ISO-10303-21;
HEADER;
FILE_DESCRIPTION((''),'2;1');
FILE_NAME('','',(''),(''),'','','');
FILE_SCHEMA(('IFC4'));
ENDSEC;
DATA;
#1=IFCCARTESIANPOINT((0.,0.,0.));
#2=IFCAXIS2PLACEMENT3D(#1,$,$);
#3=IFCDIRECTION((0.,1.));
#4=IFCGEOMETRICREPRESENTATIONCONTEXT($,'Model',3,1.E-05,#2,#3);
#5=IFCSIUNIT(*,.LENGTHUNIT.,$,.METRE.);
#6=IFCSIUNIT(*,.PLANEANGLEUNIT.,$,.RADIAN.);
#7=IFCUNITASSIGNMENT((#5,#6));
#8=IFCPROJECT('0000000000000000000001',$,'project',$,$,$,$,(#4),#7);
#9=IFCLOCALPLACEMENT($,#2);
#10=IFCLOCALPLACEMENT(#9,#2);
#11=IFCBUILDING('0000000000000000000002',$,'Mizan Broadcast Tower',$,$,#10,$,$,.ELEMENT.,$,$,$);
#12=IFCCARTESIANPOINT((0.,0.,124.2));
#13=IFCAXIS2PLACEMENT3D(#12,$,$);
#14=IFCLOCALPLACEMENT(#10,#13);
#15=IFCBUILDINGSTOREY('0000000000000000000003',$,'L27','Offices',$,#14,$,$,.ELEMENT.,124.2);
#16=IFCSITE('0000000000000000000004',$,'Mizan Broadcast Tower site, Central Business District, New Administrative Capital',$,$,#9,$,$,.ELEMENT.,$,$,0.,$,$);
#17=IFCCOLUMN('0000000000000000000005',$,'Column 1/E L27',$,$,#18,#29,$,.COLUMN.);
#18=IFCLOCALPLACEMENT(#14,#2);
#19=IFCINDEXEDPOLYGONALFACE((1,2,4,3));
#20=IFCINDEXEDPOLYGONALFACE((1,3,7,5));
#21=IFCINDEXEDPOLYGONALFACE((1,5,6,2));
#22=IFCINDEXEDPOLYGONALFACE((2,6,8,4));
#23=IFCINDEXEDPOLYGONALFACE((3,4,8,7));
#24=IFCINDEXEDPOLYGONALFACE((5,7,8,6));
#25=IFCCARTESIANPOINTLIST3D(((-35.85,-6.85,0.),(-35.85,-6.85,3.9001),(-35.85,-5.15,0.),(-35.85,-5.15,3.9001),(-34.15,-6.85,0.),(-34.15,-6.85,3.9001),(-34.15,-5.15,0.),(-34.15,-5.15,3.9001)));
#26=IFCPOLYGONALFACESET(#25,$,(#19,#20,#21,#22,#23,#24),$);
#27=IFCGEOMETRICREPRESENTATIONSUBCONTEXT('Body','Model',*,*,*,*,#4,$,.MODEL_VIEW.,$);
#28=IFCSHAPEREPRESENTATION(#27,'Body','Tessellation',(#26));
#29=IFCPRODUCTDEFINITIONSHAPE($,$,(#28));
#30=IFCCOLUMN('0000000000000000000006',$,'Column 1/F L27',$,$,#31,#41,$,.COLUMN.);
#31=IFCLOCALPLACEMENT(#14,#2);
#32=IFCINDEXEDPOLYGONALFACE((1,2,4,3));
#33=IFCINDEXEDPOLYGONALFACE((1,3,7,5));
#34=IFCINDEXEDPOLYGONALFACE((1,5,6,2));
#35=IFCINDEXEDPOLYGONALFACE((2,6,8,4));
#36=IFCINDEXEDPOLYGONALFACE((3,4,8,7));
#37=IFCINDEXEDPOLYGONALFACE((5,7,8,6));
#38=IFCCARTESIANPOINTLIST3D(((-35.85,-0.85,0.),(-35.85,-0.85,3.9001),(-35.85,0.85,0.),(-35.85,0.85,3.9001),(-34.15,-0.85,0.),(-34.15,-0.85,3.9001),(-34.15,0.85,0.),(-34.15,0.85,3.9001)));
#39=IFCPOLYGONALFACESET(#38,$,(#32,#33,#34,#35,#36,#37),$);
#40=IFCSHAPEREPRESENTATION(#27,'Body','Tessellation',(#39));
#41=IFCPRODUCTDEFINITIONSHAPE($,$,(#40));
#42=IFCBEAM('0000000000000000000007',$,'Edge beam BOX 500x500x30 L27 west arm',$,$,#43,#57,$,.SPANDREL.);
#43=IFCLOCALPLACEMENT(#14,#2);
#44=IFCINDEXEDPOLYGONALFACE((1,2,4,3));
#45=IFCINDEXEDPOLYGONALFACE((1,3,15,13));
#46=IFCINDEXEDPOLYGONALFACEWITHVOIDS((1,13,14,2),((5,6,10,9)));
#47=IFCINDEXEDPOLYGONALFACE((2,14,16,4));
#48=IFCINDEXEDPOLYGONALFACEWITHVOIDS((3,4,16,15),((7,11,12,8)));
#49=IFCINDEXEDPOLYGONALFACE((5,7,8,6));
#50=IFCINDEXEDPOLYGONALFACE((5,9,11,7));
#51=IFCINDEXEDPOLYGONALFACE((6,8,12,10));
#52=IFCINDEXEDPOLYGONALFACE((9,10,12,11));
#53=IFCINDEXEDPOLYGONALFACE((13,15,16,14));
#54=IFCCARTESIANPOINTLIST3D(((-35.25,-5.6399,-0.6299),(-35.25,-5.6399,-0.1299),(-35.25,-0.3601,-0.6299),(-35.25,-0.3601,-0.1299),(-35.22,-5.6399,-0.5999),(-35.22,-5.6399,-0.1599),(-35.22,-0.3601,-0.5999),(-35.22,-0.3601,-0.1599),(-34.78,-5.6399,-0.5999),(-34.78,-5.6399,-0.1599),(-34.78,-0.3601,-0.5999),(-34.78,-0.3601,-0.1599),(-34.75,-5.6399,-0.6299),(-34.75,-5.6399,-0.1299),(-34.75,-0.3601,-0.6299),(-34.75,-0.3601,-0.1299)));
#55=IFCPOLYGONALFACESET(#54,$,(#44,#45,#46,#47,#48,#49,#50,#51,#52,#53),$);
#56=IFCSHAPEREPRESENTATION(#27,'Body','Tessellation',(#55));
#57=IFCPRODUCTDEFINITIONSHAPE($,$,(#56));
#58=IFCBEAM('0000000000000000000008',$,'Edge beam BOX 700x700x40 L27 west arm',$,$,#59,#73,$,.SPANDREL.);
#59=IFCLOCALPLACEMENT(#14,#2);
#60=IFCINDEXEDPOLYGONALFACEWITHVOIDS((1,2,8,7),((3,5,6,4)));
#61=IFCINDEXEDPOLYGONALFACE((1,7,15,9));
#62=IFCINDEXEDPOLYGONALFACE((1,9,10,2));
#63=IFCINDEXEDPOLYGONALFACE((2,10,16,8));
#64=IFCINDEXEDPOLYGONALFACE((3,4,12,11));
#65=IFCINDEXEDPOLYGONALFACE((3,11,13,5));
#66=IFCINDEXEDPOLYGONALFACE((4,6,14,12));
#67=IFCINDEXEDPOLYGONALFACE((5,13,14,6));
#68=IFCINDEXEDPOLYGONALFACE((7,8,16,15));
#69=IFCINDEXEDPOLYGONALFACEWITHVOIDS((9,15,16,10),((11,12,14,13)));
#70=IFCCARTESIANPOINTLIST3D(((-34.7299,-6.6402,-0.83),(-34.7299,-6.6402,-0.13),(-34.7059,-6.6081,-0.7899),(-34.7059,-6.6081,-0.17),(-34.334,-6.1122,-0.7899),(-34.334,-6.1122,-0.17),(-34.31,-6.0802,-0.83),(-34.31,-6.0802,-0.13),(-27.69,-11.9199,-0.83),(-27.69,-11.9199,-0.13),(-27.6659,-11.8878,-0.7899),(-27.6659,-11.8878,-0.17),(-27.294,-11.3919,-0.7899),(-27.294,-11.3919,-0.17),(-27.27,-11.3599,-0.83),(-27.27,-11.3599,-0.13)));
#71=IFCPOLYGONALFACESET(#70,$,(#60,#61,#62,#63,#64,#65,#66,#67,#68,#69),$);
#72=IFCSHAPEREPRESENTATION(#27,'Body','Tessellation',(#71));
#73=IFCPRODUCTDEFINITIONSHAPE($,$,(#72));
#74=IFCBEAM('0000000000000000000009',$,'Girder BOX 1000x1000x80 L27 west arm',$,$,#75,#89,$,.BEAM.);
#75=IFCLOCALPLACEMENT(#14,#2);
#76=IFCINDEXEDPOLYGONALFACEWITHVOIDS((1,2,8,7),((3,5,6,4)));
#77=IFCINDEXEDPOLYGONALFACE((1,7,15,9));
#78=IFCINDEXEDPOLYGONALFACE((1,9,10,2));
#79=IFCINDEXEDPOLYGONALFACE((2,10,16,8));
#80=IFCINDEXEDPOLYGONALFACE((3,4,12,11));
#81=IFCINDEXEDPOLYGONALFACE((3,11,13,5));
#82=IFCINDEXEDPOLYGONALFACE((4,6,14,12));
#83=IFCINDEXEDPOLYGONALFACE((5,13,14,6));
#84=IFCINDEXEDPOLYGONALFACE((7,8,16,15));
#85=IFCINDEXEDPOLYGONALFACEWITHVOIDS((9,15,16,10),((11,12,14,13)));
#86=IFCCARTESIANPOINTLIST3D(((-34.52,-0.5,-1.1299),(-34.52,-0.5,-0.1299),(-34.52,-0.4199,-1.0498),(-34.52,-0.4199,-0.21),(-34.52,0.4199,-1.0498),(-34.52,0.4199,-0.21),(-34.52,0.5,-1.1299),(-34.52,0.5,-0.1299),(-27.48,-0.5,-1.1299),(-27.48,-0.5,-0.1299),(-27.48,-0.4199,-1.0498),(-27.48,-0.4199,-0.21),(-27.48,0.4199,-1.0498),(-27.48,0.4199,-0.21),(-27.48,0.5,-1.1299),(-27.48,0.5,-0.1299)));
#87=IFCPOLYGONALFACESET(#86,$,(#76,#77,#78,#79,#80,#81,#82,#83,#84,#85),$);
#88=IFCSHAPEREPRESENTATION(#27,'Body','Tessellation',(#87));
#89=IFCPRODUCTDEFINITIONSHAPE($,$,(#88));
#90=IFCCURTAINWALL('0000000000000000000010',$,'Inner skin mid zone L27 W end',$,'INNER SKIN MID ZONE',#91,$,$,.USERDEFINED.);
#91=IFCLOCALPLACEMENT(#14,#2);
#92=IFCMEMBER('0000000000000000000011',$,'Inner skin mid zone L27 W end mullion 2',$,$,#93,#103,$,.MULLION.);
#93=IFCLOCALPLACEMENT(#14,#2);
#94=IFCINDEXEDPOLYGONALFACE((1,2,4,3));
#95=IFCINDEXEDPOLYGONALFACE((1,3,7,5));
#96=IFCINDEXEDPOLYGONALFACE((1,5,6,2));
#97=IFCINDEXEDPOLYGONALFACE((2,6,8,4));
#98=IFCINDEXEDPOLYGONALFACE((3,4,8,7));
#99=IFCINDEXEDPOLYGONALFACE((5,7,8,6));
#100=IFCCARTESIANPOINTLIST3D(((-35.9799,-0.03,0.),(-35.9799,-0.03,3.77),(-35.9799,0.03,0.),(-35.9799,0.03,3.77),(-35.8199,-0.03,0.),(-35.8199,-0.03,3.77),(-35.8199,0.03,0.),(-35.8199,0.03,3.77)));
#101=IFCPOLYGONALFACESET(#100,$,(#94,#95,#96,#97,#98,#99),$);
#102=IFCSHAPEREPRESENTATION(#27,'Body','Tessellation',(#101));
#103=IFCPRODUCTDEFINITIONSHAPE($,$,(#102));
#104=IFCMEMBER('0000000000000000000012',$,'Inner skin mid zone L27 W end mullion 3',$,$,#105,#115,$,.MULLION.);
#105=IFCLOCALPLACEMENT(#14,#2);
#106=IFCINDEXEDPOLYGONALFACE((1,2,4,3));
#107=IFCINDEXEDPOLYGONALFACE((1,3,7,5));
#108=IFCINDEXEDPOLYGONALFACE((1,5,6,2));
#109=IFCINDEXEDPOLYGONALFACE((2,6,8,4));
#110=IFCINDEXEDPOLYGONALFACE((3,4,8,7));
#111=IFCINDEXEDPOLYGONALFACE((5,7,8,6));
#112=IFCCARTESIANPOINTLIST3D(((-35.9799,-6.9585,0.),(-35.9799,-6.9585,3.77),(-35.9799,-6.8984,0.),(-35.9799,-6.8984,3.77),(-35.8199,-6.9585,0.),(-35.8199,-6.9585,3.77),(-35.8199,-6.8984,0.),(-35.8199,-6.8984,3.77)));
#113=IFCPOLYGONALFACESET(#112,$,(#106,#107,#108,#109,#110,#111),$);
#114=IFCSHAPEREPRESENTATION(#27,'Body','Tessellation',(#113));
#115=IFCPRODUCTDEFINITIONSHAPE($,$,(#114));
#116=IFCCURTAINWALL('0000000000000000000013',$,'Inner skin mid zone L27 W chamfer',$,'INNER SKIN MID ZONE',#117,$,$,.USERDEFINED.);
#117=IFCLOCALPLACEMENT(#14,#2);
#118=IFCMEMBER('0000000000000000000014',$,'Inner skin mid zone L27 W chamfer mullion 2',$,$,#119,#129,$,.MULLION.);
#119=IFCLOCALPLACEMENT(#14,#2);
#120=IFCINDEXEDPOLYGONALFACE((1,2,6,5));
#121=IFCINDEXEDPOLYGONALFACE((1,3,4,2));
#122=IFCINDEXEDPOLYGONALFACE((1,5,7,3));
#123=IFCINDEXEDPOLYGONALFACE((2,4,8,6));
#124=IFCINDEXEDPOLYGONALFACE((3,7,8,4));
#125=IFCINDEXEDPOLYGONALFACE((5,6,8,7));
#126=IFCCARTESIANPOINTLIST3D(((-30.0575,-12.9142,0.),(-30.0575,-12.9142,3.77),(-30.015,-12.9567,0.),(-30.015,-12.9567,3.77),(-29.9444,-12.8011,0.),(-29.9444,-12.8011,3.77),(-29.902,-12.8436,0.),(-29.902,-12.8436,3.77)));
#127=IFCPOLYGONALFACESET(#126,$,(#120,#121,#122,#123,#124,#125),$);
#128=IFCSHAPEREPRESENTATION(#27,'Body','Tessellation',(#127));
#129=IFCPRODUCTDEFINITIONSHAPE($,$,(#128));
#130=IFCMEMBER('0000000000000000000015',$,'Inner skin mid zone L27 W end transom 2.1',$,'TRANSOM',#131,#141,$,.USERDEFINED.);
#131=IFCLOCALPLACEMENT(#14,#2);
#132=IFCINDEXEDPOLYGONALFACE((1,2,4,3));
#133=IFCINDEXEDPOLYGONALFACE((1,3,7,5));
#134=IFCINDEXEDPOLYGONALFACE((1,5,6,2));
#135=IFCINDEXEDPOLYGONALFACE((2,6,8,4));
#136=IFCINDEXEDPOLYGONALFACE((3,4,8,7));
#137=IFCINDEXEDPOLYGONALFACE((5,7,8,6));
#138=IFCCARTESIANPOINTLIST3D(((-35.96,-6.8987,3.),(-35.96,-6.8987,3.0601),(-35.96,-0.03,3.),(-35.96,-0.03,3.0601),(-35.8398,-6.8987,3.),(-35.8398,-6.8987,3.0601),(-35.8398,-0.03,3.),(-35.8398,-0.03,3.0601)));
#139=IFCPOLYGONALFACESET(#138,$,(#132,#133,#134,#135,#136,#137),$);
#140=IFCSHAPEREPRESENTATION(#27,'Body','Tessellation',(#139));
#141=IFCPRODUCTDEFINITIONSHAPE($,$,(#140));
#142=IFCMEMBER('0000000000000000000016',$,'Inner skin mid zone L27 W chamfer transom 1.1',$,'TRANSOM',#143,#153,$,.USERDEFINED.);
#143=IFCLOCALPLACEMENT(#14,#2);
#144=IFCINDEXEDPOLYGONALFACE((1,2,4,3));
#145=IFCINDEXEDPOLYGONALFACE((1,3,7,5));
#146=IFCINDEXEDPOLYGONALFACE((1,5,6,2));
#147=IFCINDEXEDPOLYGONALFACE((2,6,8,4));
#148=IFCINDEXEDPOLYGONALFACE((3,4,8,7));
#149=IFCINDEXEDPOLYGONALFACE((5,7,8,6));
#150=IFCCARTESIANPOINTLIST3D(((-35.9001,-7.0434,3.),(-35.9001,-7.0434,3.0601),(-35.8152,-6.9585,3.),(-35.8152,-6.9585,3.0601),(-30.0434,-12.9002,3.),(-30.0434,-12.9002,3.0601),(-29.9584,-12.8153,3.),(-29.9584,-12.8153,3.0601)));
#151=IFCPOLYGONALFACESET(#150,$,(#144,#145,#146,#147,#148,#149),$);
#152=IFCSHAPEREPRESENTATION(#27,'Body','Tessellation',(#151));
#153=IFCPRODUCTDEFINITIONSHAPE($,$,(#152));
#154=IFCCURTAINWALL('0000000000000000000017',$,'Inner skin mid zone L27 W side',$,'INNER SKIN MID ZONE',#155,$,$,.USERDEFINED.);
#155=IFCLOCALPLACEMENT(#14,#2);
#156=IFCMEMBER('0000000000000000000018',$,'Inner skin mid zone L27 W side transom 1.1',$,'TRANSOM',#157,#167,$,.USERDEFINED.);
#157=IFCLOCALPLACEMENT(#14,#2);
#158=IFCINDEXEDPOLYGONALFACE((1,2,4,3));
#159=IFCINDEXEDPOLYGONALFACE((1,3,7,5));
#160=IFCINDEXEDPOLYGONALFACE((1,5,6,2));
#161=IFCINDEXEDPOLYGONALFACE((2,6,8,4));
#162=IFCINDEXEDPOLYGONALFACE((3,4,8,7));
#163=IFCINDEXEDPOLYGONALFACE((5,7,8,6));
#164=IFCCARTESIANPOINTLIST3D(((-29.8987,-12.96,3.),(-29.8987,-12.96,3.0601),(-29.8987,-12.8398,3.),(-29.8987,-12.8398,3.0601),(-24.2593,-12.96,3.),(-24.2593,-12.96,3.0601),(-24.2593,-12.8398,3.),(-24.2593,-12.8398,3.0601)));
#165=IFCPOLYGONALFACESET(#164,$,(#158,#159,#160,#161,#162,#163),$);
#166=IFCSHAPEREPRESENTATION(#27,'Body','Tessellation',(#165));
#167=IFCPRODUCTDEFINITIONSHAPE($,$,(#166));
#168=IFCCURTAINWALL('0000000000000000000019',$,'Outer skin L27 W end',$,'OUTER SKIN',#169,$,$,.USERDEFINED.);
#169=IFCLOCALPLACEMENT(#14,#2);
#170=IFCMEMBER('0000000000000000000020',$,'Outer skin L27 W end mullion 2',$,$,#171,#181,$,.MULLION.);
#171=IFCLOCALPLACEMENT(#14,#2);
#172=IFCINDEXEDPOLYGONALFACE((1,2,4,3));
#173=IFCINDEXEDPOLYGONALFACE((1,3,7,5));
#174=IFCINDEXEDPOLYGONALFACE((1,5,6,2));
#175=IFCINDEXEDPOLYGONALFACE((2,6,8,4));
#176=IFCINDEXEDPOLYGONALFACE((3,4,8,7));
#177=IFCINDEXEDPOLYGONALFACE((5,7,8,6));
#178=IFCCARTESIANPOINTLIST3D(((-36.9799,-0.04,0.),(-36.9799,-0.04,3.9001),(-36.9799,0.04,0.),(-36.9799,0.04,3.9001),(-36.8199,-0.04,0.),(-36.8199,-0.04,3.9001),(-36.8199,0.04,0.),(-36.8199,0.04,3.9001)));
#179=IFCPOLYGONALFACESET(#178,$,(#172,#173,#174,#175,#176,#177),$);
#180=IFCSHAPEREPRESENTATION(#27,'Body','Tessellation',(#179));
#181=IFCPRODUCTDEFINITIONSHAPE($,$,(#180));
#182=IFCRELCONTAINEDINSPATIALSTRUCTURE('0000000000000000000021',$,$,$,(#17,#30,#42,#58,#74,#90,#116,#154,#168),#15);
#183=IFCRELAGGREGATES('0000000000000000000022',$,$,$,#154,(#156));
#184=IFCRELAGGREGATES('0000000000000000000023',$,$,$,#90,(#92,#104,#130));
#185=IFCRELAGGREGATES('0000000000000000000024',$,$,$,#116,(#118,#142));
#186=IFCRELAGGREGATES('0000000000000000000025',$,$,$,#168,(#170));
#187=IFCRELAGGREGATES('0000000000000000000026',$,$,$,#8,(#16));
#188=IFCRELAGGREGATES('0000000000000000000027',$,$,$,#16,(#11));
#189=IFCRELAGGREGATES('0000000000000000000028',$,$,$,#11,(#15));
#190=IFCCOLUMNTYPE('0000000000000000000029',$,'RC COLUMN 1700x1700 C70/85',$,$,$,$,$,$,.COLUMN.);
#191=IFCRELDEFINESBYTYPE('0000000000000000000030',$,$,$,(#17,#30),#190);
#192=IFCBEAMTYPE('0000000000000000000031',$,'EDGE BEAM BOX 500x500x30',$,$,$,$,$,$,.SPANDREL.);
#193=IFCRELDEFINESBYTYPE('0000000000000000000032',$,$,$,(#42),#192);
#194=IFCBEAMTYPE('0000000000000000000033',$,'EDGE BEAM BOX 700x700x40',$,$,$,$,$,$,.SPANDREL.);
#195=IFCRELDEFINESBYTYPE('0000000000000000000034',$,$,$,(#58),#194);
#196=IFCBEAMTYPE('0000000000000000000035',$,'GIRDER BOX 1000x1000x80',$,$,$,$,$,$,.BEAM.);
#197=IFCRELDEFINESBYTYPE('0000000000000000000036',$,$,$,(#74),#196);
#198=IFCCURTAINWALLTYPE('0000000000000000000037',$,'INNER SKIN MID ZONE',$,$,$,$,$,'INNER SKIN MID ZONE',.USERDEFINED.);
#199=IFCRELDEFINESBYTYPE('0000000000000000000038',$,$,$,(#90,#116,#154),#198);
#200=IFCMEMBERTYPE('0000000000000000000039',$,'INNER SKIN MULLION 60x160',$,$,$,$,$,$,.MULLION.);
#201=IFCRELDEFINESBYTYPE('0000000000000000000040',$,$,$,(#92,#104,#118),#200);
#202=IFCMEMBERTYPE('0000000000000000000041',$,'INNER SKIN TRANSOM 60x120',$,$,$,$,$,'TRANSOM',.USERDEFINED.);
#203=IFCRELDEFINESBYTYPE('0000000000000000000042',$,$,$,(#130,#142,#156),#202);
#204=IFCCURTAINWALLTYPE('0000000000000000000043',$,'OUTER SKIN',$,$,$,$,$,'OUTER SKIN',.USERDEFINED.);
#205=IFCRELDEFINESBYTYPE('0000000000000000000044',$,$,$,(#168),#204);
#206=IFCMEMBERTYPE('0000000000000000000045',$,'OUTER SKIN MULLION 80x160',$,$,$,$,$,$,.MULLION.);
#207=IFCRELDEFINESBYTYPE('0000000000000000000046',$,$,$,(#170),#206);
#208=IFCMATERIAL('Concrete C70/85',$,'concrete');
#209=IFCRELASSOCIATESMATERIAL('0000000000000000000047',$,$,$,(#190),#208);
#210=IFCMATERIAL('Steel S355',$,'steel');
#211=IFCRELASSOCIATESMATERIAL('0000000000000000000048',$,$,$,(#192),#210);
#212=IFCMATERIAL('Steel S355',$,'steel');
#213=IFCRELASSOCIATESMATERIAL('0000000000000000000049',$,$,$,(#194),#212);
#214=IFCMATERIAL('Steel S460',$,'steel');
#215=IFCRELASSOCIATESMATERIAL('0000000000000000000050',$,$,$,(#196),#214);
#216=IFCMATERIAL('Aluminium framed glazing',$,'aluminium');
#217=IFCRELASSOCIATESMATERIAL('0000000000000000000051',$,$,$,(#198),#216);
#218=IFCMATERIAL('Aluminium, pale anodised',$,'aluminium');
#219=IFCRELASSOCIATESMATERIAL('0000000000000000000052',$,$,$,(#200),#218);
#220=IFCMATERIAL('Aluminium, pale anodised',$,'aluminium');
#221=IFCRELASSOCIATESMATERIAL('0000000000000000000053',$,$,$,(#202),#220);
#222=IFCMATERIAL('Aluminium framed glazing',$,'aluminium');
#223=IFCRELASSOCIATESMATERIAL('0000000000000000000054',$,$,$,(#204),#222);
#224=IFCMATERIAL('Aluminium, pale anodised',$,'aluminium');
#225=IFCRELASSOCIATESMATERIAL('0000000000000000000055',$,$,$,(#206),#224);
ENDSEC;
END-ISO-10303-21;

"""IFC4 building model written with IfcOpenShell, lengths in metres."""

from ifc_helpers import new_model, si_unit, direction, frame, origin, origin_2d, place, context, subcontext, project, spatial, rectangle, hollow_rectangle, extrude, material, material_profile, profile_set, type_object, element, aggregate, save


model = new_model("IFC4")

# Units and contexts
model_context = context("Model", 3, precision=1e-05, world=origin(), true_north=direction((0.0, 1.0)))
body_context = subcontext(model_context, "Body", "Model", "MODEL_VIEW")
ifc_project = project(units=[si_unit("LENGTHUNIT", "METRE"), si_unit("PLANEANGLEUNIT", "RADIAN")], contexts=[model_context])

# Site, building, storey
site_placement = place(None, origin())
site = spatial("IfcSite", under=ifc_project, at=site_placement, Name="Mizan Broadcast Tower site, Central Business District, New Administrative Capital", CompositionType="ELEMENT", RefElevation=0.0)
building_placement = place(site_placement, origin())
building = spatial("IfcBuilding", under=site, at=building_placement, Name="Mizan Broadcast Tower", CompositionType="ELEMENT")
storey_placement = place(building_placement, frame((0.0, 0.0, 124.2)))
storey = spatial("IfcBuildingStorey", under=building, at=storey_placement, Name="L27", Description="Offices", CompositionType="ELEMENT", Elevation=124.2)

# Columns
ifc_material_1 = material(Name="Concrete C70/85", Category="concrete")
ifc_material_profile_1 = material_profile(ifc_material_1, rectangle(XDim=1.7, YDim=1.7, at=origin_2d()), Name="RC 1700x1700")
ifc_profile_set_1 = profile_set([ifc_material_profile_1], Name="Concrete C70/85")
column_type = type_object("IfcColumnType", Name="RC COLUMN 1700x1700 C70/85", PredefinedType="COLUMN", material=ifc_profile_set_1)
for number, where, z_axis, x_axis, name in (
    (1, (-35.0, -6.0, 0.0), (0.0, 0.0, 1.0), (1.0, 0.0, 0.0), "Column 1/E L27"),
    (2, (-35.0, 0.0, 0.0), (0.0, 0.0, 1.0), (1.0, 0.0, 0.0), "Column 1/F L27"),
):
    element("IfcColumn", number, at=place(storey_placement, frame(where, z_axis=z_axis, x_axis=x_axis)), inside=storey, type_object=column_type, Name=name, PredefinedType="COLUMN", context=body_context, shape_type="SweptSolid", body=[
        extrude(rectangle(XDim=1.7, YDim=1.7, at=origin_2d()), origin(), (0.0, 0.0, 1.0), 3.9001),
    ])

# Beams
ifc_material_2 = material(Name="Steel S355", Category="steel")
ifc_material_profile_2 = material_profile(ifc_material_2, hollow_rectangle(XDim=0.5, YDim=0.5, WallThickness=0.03, at=origin_2d()), Name="BOX 500x500x30")
ifc_profile_set_2 = profile_set([ifc_material_profile_2], Name="Steel S355")
beam_type_1 = type_object("IfcBeamType", Name="EDGE BEAM BOX 500x500x30", PredefinedType="SPANDREL", material=ifc_profile_set_2)
beam_1_placement = place(storey_placement, frame((-35.0, -5.6399, -0.3799), z_axis=(0.0, 1.0, 0.0), x_axis=(-1.0, 0.0, 0.0)))
element("IfcBeam", 3, at=beam_1_placement, inside=storey, type_object=beam_type_1, Name="Edge beam BOX 500x500x30 L27 west arm", PredefinedType="SPANDREL", context=body_context, shape_type="SweptSolid", body=[
    extrude(hollow_rectangle(XDim=0.5, YDim=0.5, WallThickness=0.03, at=origin_2d()), origin(), (0.0, 0.0, 1.0), 5.2798),
])
ifc_material_3 = material(Name="Steel S355", Category="steel")
ifc_material_profile_3 = material_profile(ifc_material_3, hollow_rectangle(XDim=0.7, YDim=0.7, WallThickness=0.04, at=origin_2d()), Name="BOX 700x700x40")
ifc_profile_set_3 = profile_set([ifc_material_profile_3], Name="Steel S355")
beam_type_2 = type_object("IfcBeamType", Name="EDGE BEAM BOX 700x700x40", PredefinedType="SPANDREL", material=ifc_profile_set_3)
beam_2_placement = place(storey_placement, frame((-27.48, -11.6399, -0.48), z_axis=(-0.800013, 0.599982, 0.0), x_axis=(-0.599982, -0.800013, 0.0)))
element("IfcBeam", 4, at=beam_2_placement, inside=storey, type_object=beam_type_2, Name="Edge beam BOX 700x700x40 L27 west arm", PredefinedType="SPANDREL", context=body_context, shape_type="SweptSolid", body=[
    extrude(hollow_rectangle(XDim=0.7, YDim=0.7, WallThickness=0.04, at=origin_2d()), origin(), (0.0, 0.0, 1.0), 8.7998),
])
ifc_material_4 = material(Name="Steel S460", Category="steel")
ifc_material_profile_4 = material_profile(ifc_material_4, hollow_rectangle(XDim=1.0, YDim=1.0, WallThickness=0.0801, at=origin_2d()), Name="BOX 1000x1000x80")
ifc_profile_set_4 = profile_set([ifc_material_profile_4], Name="Steel S460")
beam_type_3 = type_object("IfcBeamType", Name="GIRDER BOX 1000x1000x80", PredefinedType="BEAM", material=ifc_profile_set_4)
beam_3_placement = place(storey_placement, frame((-27.48, 0.0, -0.6299), z_axis=(-1.0, 0.0, 0.0), x_axis=(0.0, -1.0, 0.0)))
element("IfcBeam", 5, at=beam_3_placement, inside=storey, type_object=beam_type_3, Name="Girder BOX 1000x1000x80 L27 west arm", PredefinedType="BEAM", context=body_context, shape_type="SweptSolid", body=[
    extrude(hollow_rectangle(XDim=1.0, YDim=1.0, WallThickness=0.0801, at=origin_2d()), origin(), (0.0, 0.0, 1.0), 7.04),
])

# Curtain wall, members
ifc_material_5 = material(Name="Aluminium framed glazing", Category="aluminium")
curtain_wall_type_1 = type_object("IfcCurtainWallType", Name="INNER SKIN MID ZONE", ElementType="INNER SKIN MID ZONE", PredefinedType="USERDEFINED", material=ifc_material_5)
curtain_wall_1_placement = place(storey_placement, origin())
curtain_wall_1 = element("IfcCurtainWall", 6, at=curtain_wall_1_placement, inside=storey, type_object=curtain_wall_type_1, Name="Inner skin mid zone L27 W end", ObjectType="INNER SKIN MID ZONE", PredefinedType="USERDEFINED")
ifc_material_6 = material(Name="Aluminium, pale anodised", Category="aluminium")
ifc_material_profile_5 = material_profile(ifc_material_6, rectangle(XDim=0.1599, YDim=0.0601, at=origin_2d()), Name="MULLION 160x60")
ifc_profile_set_5 = profile_set([ifc_material_profile_5], Name="Aluminium, pale anodised")
member_type_1 = type_object("IfcMemberType", Name="INNER SKIN MULLION 60x160", PredefinedType="MULLION", material=ifc_profile_set_5)
member_1_placement = place(storey_placement, frame((-35.8999, 0.0, 0.0), z_axis=(0.0, 0.0, 1.0), x_axis=(1.0, 0.0, 0.0)))
member_1 = element("IfcMember", 7, at=member_1_placement, type_object=member_type_1, Name="Inner skin mid zone L27 W end mullion 2", PredefinedType="MULLION", context=body_context, shape_type="SweptSolid", body=[
    extrude(rectangle(XDim=0.1599, YDim=0.0601, at=origin_2d()), origin(), (0.0, 0.0, 1.0), 3.77),
])
member_2_placement = place(storey_placement, frame((-35.8999, -6.9285, 0.0), z_axis=(0.0, 0.0, 1.0), x_axis=(1.0, 0.0, 0.0)))
member_2 = element("IfcMember", 8, at=member_2_placement, type_object=member_type_1, Name="Inner skin mid zone L27 W end mullion 3", PredefinedType="MULLION", context=body_context, shape_type="SweptSolid", body=[
    extrude(rectangle(XDim=0.1599, YDim=0.0601, at=origin_2d()), origin(), (0.0, 0.0, 1.0), 3.77),
])

# Curtain wall, member
curtain_wall_2_placement = place(storey_placement, origin())
curtain_wall_2 = element("IfcCurtainWall", 9, at=curtain_wall_2_placement, inside=storey, type_object=curtain_wall_type_1, Name="Inner skin mid zone L27 W chamfer", ObjectType="INNER SKIN MID ZONE", PredefinedType="USERDEFINED")
member_3_placement = place(storey_placement, frame((-29.9797, -12.8789, 0.0), z_axis=(0.0, 0.0, 1.0), x_axis=(0.707107, 0.707107, 0.0)))
member_3 = element("IfcMember", 10, at=member_3_placement, type_object=member_type_1, Name="Inner skin mid zone L27 W chamfer mullion 2", PredefinedType="MULLION", context=body_context, shape_type="SweptSolid", body=[
    extrude(rectangle(XDim=0.1599, YDim=0.0601, at=origin_2d()), origin(), (0.0, 0.0, 1.0), 3.77),
])

# Members
ifc_material_7 = material(Name="Aluminium, pale anodised", Category="aluminium")
ifc_material_profile_6 = material_profile(ifc_material_7, rectangle(XDim=0.1201, YDim=0.0601, at=origin_2d()), Name="TRANSOM 120x60")
ifc_profile_set_6 = profile_set([ifc_material_profile_6], Name="Aluminium, pale anodised")
member_type_2 = type_object("IfcMemberType", Name="INNER SKIN TRANSOM 60x120", ElementType="TRANSOM", PredefinedType="USERDEFINED", material=ifc_profile_set_6)
member_4_placement = place(storey_placement, frame((-35.8999, -0.03, 3.03), z_axis=(0.0, -1.0, 0.0), x_axis=(1.0, 0.0, 0.0)))
member_4 = element("IfcMember", 11, at=member_4_placement, type_object=member_type_2, Name="Inner skin mid zone L27 W end transom 2.1", ObjectType="TRANSOM", PredefinedType="USERDEFINED", context=body_context, shape_type="SweptSolid", body=[
    extrude(rectangle(XDim=0.1201, YDim=0.0601, at=origin_2d()), origin(), (0.0, 0.0, 1.0), 6.8687),
])
member_5_placement = place(storey_placement, frame((-35.8577, -7.001, 3.03), z_axis=(0.707107, -0.707107, 0.0), x_axis=(0.707107, 0.707107, 0.0)))
member_5 = element("IfcMember", 12, at=member_5_placement, type_object=member_type_2, Name="Inner skin mid zone L27 W chamfer transom 1.1", ObjectType="TRANSOM", PredefinedType="USERDEFINED", context=body_context, shape_type="SweptSolid", body=[
    extrude(rectangle(XDim=0.1201, YDim=0.0601, at=origin_2d()), origin(), (0.0, 0.0, 1.0), 8.2827),
])

# Curtain wall, member
curtain_wall_3_placement = place(storey_placement, origin())
curtain_wall_3 = element("IfcCurtainWall", 13, at=curtain_wall_3_placement, inside=storey, type_object=curtain_wall_type_1, Name="Inner skin mid zone L27 W side", ObjectType="INNER SKIN MID ZONE", PredefinedType="USERDEFINED")
member_6_placement = place(storey_placement, frame((-29.8987, -12.8999, 3.03), z_axis=(1.0, 0.0, 0.0), x_axis=(0.0, 1.0, 0.0)))
member_6 = element("IfcMember", 14, at=member_6_placement, type_object=member_type_2, Name="Inner skin mid zone L27 W side transom 1.1", ObjectType="TRANSOM", PredefinedType="USERDEFINED", context=body_context, shape_type="SweptSolid", body=[
    extrude(rectangle(XDim=0.1201, YDim=0.0601, at=origin_2d()), origin(), (0.0, 0.0, 1.0), 5.6394),
])

# Curtain wall, member
ifc_material_8 = material(Name="Aluminium framed glazing", Category="aluminium")
curtain_wall_type_2 = type_object("IfcCurtainWallType", Name="OUTER SKIN", ElementType="OUTER SKIN", PredefinedType="USERDEFINED", material=ifc_material_8)
curtain_wall_4_placement = place(storey_placement, origin())
curtain_wall_4 = element("IfcCurtainWall", 15, at=curtain_wall_4_placement, inside=storey, type_object=curtain_wall_type_2, Name="Outer skin L27 W end", ObjectType="OUTER SKIN", PredefinedType="USERDEFINED")
ifc_material_9 = material(Name="Aluminium, pale anodised", Category="aluminium")
ifc_material_profile_7 = material_profile(ifc_material_9, rectangle(XDim=0.1599, YDim=0.0801, at=origin_2d()), Name="MULLION 160x80")
ifc_profile_set_7 = profile_set([ifc_material_profile_7], Name="Aluminium, pale anodised")
member_type_3 = type_object("IfcMemberType", Name="OUTER SKIN MULLION 80x160", PredefinedType="MULLION", material=ifc_profile_set_7)
member_7_placement = place(storey_placement, frame((-36.8999, 0.0, 0.0), z_axis=(0.0, 0.0, 1.0), x_axis=(1.0, 0.0, 0.0)))
member_7 = element("IfcMember", 16, at=member_7_placement, type_object=member_type_3, Name="Outer skin L27 W end mullion 2", PredefinedType="MULLION", context=body_context, shape_type="SweptSolid", body=[
    extrude(rectangle(XDim=0.1599, YDim=0.0801, at=origin_2d()), origin(), (0.0, 0.0, 1.0), 3.9001),
])

aggregate(curtain_wall_3, [member_6])
aggregate(curtain_wall_1, [member_1, member_2, member_4])
aggregate(curtain_wall_2, [member_3, member_5])
aggregate(curtain_wall_4, [member_7])

save(model, "model.ifc")
